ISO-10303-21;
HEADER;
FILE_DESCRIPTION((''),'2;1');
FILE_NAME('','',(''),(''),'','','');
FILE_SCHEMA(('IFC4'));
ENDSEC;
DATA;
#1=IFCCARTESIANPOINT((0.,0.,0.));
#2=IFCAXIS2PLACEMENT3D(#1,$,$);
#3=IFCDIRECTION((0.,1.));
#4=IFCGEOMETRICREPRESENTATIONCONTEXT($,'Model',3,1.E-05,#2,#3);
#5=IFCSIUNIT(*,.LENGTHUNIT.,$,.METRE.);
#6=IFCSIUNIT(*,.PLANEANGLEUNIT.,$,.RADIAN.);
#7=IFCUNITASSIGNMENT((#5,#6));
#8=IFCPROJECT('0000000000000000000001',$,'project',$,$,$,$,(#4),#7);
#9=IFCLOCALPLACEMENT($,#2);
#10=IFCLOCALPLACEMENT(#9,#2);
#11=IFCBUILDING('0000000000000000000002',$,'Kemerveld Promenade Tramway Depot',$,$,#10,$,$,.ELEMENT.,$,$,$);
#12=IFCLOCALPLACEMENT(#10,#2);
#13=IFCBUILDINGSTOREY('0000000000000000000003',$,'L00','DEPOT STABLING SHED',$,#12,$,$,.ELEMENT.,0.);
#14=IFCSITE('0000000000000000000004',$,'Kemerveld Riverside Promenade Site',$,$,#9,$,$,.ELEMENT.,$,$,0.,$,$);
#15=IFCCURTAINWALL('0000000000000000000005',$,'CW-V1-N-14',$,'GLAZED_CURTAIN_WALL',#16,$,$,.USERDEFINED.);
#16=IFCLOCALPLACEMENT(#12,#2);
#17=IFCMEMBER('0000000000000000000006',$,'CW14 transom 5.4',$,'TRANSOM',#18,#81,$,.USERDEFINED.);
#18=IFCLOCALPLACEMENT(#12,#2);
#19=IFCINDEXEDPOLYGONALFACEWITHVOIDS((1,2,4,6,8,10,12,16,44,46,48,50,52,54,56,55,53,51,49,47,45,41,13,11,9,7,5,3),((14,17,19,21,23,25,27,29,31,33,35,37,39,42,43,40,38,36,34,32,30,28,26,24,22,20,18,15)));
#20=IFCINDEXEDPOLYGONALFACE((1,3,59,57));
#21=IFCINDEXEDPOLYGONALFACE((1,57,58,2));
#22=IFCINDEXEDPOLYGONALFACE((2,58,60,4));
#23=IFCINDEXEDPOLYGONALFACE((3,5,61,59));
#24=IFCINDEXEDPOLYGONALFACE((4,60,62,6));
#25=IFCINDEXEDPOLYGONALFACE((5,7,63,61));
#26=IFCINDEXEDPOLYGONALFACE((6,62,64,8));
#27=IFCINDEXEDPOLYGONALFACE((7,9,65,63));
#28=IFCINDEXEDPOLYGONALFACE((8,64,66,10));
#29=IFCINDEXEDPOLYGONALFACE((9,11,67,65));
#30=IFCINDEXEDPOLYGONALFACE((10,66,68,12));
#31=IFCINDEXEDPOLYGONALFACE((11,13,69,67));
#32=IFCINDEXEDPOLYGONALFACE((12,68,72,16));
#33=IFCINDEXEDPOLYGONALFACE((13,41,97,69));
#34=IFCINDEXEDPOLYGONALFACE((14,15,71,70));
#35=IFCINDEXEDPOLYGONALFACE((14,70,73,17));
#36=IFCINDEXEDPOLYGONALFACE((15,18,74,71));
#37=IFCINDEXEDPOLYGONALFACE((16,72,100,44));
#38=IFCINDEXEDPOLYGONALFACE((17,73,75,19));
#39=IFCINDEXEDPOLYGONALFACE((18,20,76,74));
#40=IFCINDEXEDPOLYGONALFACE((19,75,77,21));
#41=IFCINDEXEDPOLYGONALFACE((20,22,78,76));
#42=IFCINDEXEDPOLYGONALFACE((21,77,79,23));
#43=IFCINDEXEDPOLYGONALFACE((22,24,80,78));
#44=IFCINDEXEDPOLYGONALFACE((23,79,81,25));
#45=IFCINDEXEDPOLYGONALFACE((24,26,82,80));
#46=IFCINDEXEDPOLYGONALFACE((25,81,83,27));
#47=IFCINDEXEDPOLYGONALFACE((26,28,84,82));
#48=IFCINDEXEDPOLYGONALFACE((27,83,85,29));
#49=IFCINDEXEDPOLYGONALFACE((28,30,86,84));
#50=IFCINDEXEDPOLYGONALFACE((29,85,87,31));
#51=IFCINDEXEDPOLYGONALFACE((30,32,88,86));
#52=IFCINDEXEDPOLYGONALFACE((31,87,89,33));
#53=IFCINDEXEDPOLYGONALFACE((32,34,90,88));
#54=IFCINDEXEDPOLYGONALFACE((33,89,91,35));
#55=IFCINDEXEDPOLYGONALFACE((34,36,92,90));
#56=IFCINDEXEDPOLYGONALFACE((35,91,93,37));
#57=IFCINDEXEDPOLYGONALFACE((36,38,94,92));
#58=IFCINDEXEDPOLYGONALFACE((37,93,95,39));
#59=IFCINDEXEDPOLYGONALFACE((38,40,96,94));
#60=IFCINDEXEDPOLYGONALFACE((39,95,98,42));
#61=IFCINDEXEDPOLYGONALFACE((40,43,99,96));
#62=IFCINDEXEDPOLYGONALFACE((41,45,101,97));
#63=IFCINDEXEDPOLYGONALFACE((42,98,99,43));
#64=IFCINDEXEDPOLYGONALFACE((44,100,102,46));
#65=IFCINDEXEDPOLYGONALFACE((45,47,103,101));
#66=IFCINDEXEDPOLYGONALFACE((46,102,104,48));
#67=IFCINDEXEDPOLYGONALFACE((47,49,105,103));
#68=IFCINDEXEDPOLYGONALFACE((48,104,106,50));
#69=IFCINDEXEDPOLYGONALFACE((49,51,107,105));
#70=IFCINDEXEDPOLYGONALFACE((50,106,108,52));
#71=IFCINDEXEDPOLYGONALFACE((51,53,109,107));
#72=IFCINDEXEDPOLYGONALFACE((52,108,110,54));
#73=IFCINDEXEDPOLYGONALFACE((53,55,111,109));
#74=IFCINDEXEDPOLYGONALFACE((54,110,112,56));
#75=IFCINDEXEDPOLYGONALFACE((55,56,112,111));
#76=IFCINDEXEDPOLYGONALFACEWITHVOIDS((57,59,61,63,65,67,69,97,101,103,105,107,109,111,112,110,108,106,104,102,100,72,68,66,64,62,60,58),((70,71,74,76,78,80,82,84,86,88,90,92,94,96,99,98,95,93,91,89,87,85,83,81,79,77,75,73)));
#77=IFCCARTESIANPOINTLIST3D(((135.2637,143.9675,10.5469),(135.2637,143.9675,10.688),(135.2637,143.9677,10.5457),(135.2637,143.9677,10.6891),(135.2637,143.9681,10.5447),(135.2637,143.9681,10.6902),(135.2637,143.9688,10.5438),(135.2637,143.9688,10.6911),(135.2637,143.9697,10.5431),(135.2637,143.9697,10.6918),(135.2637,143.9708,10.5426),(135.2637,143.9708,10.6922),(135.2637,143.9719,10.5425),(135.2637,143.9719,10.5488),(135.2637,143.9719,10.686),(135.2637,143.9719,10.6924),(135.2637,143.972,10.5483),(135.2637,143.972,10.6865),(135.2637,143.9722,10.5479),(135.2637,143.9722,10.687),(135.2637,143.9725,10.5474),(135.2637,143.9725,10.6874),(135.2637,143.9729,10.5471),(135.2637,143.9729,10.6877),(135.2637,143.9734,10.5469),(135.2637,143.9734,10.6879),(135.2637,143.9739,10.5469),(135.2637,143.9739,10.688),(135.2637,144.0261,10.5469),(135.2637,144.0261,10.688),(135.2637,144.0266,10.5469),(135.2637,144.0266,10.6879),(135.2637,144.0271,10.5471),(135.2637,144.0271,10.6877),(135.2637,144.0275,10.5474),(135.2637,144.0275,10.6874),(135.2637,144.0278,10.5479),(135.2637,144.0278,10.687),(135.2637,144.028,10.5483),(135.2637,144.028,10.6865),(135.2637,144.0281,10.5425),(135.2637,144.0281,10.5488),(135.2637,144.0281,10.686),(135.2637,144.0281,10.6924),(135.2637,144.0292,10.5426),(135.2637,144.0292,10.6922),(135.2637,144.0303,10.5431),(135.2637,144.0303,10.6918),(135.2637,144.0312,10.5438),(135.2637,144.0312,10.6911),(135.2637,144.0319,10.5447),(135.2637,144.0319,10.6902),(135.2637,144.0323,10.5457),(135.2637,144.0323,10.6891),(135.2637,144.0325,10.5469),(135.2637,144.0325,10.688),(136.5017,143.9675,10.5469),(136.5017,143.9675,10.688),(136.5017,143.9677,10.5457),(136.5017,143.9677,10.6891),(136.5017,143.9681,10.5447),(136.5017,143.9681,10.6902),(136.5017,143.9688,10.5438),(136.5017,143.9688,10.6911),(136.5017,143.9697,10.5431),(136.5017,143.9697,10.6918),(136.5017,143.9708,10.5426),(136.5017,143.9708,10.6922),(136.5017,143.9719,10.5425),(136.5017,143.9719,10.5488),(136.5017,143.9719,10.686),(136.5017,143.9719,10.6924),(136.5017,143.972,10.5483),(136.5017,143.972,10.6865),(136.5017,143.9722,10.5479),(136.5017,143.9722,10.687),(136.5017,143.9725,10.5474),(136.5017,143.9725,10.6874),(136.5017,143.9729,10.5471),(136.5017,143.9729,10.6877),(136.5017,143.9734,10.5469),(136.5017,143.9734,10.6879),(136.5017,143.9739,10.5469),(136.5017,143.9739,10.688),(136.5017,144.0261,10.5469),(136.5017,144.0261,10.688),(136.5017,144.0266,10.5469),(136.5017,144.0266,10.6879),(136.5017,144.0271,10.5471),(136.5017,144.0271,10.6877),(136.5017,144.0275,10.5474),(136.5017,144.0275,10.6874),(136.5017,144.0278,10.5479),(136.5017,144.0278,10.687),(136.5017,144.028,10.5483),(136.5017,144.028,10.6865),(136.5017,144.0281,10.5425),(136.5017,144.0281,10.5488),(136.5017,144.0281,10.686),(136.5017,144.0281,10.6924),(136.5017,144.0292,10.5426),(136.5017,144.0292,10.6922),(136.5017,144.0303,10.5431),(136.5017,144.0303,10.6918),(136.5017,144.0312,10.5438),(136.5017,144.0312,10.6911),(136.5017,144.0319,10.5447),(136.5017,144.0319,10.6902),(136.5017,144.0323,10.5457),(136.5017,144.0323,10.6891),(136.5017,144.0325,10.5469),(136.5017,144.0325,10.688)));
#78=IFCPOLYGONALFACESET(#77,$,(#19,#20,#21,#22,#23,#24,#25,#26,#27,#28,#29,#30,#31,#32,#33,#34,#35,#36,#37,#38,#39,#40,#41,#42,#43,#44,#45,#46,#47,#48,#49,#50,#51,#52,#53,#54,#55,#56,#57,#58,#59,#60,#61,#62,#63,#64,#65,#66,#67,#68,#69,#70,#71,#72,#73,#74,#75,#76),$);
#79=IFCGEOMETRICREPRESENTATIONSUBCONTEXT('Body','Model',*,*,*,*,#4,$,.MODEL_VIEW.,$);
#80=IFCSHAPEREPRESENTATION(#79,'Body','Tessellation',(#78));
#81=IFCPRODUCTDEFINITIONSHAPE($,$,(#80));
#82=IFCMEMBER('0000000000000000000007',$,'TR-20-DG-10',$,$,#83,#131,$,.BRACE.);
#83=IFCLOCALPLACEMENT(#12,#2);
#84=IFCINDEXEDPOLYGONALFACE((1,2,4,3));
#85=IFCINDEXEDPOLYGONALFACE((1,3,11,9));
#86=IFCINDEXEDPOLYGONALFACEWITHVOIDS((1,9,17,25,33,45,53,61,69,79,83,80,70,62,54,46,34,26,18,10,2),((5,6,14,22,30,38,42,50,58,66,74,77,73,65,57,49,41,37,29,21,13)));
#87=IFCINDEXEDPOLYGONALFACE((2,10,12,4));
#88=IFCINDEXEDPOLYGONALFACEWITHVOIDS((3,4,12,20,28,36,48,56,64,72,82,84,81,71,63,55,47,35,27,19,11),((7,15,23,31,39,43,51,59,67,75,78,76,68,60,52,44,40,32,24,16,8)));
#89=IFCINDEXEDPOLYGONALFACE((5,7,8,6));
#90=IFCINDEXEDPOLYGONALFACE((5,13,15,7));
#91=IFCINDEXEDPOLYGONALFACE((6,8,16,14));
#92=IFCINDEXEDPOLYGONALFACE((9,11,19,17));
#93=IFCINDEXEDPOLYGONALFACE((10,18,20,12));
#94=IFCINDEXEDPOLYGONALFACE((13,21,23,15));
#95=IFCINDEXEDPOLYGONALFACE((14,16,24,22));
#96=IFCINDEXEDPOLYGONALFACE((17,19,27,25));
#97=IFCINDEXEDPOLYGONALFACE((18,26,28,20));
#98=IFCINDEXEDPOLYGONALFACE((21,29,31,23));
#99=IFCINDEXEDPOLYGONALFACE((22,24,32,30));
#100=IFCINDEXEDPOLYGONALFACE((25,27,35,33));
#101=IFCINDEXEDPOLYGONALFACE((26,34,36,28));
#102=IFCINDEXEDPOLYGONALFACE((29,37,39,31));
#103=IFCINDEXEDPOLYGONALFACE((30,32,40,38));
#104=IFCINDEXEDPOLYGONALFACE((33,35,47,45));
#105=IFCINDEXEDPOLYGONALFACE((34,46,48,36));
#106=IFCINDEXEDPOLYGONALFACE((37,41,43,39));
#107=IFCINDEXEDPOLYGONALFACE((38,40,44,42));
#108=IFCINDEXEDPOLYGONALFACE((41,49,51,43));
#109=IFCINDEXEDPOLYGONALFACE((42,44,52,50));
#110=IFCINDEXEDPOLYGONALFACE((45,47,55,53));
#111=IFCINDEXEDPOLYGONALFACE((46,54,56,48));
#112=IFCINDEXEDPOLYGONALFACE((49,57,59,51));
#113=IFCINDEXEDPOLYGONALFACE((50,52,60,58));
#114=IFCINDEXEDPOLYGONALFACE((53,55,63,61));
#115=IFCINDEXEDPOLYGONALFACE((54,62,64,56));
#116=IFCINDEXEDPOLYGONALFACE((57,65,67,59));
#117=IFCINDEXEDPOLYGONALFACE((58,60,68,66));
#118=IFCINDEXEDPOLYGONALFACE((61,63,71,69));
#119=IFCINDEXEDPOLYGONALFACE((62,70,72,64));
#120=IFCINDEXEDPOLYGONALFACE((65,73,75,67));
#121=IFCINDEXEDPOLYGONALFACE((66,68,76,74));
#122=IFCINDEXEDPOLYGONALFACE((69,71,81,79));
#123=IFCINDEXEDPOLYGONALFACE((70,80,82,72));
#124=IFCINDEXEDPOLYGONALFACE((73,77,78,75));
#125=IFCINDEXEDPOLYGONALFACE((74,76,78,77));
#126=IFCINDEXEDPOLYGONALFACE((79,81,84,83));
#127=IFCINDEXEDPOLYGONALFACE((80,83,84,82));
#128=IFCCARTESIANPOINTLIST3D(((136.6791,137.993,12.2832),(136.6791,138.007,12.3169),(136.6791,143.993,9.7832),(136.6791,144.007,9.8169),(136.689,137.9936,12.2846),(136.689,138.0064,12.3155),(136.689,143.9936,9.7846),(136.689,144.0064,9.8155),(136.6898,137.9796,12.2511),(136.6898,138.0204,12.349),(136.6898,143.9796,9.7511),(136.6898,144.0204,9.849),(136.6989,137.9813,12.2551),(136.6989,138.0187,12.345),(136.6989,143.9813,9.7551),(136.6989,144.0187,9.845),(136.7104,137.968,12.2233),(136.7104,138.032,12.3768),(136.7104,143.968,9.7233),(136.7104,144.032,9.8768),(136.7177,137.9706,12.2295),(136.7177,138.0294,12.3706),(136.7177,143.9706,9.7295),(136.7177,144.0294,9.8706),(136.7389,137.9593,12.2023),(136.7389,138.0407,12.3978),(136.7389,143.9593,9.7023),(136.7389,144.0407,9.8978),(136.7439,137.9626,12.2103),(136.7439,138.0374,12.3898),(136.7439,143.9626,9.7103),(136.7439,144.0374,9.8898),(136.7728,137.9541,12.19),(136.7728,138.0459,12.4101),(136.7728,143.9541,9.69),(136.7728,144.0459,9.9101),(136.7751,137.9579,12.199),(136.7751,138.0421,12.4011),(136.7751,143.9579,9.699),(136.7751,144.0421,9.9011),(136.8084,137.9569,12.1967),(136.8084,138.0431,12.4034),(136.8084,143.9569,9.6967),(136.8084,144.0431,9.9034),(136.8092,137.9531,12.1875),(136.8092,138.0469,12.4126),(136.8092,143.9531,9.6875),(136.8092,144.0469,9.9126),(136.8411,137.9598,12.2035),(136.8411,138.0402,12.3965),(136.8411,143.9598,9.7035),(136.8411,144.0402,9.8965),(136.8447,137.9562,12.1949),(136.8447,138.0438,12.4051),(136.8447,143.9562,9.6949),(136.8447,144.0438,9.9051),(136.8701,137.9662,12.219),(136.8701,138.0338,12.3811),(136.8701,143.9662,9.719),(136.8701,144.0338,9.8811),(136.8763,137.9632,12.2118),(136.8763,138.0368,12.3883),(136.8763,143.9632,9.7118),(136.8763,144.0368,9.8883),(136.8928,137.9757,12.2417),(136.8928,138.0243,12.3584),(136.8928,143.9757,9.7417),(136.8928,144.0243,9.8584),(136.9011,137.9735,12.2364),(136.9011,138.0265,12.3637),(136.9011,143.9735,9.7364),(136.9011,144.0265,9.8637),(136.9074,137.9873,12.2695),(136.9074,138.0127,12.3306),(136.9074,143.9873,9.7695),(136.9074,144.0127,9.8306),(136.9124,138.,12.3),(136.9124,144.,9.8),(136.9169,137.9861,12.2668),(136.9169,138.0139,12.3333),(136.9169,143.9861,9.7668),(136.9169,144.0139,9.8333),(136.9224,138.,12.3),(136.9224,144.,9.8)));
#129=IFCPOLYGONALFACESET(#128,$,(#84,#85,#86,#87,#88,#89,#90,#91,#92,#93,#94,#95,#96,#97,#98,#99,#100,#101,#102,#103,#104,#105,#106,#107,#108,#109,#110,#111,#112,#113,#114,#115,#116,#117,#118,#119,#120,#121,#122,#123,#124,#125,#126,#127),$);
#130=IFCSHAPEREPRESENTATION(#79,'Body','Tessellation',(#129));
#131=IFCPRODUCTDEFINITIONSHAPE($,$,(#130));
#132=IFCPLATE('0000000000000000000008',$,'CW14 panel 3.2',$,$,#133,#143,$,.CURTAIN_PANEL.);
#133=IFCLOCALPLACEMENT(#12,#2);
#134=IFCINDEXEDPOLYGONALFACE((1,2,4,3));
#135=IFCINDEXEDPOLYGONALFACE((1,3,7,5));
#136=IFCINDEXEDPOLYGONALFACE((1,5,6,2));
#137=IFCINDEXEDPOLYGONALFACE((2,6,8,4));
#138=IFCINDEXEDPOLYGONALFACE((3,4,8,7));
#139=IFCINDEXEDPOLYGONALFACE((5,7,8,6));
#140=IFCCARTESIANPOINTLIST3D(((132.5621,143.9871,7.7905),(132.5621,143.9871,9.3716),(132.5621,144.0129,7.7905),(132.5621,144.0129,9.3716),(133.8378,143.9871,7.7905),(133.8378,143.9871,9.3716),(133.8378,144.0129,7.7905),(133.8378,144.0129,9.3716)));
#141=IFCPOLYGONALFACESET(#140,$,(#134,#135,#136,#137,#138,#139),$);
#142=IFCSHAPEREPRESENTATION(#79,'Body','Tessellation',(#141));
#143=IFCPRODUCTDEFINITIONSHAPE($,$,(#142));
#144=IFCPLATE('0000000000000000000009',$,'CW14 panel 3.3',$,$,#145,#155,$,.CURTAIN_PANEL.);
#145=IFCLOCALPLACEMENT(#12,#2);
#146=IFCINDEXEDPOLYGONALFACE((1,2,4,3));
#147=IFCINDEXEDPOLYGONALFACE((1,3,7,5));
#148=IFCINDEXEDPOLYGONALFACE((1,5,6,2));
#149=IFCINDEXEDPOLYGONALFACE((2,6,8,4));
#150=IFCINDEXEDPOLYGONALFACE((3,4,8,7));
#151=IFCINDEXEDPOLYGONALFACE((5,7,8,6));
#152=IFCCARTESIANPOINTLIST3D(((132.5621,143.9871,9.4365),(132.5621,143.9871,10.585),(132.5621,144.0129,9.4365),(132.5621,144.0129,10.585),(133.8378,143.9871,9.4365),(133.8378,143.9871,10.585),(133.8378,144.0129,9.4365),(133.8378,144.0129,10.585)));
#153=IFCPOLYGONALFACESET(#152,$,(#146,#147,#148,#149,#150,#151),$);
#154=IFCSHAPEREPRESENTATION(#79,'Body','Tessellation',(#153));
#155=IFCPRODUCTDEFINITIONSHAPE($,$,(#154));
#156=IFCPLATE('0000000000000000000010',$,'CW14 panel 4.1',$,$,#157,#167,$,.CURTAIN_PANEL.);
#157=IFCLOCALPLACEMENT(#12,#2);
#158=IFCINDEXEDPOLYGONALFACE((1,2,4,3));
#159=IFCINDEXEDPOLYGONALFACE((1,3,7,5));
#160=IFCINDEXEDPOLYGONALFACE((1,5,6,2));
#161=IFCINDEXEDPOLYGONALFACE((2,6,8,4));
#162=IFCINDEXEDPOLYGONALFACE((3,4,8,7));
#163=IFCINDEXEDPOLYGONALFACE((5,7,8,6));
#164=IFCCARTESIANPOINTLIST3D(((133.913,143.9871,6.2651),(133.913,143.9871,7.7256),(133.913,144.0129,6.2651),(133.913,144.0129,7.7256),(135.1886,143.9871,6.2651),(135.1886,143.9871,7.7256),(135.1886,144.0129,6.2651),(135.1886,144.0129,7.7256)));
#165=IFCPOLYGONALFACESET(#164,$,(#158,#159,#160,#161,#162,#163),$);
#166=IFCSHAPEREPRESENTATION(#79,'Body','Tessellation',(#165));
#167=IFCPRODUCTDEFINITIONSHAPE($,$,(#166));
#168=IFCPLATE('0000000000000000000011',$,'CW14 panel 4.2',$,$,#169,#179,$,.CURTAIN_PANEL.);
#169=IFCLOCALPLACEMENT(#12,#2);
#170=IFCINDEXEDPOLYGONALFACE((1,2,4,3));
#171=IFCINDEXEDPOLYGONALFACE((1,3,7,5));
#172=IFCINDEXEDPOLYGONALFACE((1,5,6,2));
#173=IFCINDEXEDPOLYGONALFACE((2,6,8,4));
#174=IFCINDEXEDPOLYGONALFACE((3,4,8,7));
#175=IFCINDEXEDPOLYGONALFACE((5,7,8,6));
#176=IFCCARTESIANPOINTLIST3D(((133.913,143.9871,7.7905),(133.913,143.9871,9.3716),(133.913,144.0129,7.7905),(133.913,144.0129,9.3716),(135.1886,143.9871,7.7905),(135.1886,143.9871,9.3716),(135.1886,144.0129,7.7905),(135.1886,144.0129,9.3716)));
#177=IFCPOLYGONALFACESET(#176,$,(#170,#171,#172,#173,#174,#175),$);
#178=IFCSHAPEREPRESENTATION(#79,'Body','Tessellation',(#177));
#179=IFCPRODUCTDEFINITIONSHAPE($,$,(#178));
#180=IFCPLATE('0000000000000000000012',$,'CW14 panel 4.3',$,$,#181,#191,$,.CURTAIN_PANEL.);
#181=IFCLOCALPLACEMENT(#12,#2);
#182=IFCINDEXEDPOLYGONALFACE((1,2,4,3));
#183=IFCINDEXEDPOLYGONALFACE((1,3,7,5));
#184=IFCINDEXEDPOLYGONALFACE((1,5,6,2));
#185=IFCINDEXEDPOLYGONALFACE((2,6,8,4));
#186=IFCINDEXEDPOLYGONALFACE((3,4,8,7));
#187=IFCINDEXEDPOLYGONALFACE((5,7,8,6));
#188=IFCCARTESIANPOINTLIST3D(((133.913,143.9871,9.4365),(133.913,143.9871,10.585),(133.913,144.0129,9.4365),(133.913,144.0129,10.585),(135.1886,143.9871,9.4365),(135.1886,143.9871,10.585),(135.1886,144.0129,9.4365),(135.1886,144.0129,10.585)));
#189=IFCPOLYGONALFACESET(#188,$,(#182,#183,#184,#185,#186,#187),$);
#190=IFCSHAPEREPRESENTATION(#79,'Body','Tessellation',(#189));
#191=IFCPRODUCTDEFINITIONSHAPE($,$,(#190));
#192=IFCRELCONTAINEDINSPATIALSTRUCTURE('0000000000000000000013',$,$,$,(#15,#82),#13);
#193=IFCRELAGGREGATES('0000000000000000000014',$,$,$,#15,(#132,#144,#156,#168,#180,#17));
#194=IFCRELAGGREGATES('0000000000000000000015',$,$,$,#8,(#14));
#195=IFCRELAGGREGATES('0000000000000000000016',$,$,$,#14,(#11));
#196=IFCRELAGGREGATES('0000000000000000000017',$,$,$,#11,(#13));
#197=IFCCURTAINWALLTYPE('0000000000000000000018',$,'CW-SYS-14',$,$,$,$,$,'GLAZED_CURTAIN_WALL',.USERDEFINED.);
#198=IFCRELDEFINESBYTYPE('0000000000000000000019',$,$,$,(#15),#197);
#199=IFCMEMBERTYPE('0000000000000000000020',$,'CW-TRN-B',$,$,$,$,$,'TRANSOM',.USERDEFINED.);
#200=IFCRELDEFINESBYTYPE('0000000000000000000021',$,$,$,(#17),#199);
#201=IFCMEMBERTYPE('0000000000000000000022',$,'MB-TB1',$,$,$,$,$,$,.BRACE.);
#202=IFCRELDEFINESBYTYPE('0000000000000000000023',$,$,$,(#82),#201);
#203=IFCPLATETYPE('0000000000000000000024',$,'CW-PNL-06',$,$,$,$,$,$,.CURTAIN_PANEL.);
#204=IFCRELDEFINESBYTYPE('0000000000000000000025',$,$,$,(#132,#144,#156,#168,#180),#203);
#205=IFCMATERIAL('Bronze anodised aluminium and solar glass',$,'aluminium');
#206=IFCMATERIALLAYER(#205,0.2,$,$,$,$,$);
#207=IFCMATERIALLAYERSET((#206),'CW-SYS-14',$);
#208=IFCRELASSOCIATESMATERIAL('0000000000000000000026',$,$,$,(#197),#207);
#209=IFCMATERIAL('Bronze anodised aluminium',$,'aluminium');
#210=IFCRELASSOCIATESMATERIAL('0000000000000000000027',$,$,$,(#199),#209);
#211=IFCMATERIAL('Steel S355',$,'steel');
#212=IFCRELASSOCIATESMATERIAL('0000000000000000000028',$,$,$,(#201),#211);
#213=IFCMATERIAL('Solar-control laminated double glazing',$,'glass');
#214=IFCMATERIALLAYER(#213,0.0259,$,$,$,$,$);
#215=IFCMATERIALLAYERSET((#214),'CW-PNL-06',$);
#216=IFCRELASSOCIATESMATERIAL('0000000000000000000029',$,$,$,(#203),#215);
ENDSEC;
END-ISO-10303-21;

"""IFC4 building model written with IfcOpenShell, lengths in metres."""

from ifc_helpers import new_model, si_unit, direction, frame, origin, origin_2d, place, context, subcontext, project, spatial, rectangle, hollow_rectangle, hollow_circle, extrude, material, layer, layer_set, material_profile, profile_set, type_object, element, aggregate, save


model = new_model("IFC4")

# Units and contexts
model_context = context("Model", 3, precision=1e-05, world=origin(), true_north=direction((0.0, 1.0)))
body_context = subcontext(model_context, "Body", "Model", "MODEL_VIEW")
ifc_project = project(units=[si_unit("LENGTHUNIT", "METRE"), si_unit("PLANEANGLEUNIT", "RADIAN")], contexts=[model_context])

# Site, building, storey
site_placement = place(None, origin())
site = spatial("IfcSite", under=ifc_project, at=site_placement, Name="Kemerveld Riverside Promenade Site", CompositionType="ELEMENT", RefElevation=0.0)
building_placement = place(site_placement, origin())
building = spatial("IfcBuilding", under=site, at=building_placement, Name="Kemerveld Promenade Tramway Depot", CompositionType="ELEMENT")
storey_placement = place(building_placement, origin())
storey = spatial("IfcBuildingStorey", under=building, at=storey_placement, Name="L00", Description="DEPOT STABLING SHED", CompositionType="ELEMENT", Elevation=0.0)

# Shared definitions
ifc_material_1 = material(Name="Steel S355", Category="steel")

# Shared definitions
ifc_material_2 = material(Name="Bronze anodised aluminium and solar glass", Category="aluminium")
ifc_material_3 = material(Name="Bronze anodised aluminium", Category="aluminium")

# Curtain wall
ifc_layer_1 = layer(ifc_material_2, 0.2)
ifc_layer_set_1 = layer_set([ifc_layer_1], Name="CW-SYS-14")
curtain_wall_type_1 = type_object("IfcCurtainWallType", Name="CW-SYS-14", ElementType="GLAZED_CURTAIN_WALL", PredefinedType="USERDEFINED", material=ifc_layer_set_1)
curtain_wall_1_placement = place(storey_placement, origin())
curtain_wall_1 = element("IfcCurtainWall", 1, at=curtain_wall_1_placement, inside=storey, type_object=curtain_wall_type_1, Name="CW-V1-N-14", ObjectType="GLAZED_CURTAIN_WALL", PredefinedType="USERDEFINED")

# Members
ifc_material_profile_1 = material_profile(ifc_material_3, hollow_rectangle(XDim=0.0649, YDim=0.1499, WallThickness=0.0044, InnerFilletRadius=0.002, OuterFilletRadius=0.0044, at=origin_2d()), Name="CW-TRN-150x65")
ifc_profile_set_1 = profile_set([ifc_material_profile_1], Name="Bronze anodised aluminium")
member_type_1 = type_object("IfcMemberType", Name="CW-TRN-B", ElementType="TRANSOM", PredefinedType="USERDEFINED", material=ifc_profile_set_1)
member_1_placement = place(storey_placement, frame((135.2637, 144.0, 10.6174), z_axis=(1.0, 0.0, 0.0), x_axis=(0.0, 1.0, 0.0)))
member_1 = element("IfcMember", 2, at=member_1_placement, type_object=member_type_1, Name="CW14 transom 5.4", ObjectType="TRANSOM", PredefinedType="USERDEFINED", context=body_context, shape_type="SweptSolid", body=[
    extrude(hollow_rectangle(XDim=0.0649, YDim=0.1499, WallThickness=0.0044, InnerFilletRadius=0.002, OuterFilletRadius=0.0044, at=origin_2d()), origin(), (0.0, 0.0, 1.0), 1.238),
])
ifc_material_profile_2 = material_profile(ifc_material_1, hollow_circle(Radius=0.1223, WallThickness=0.01, at=origin_2d()), Name="244.5x10.0 CHS")
ifc_profile_set_2 = profile_set([ifc_material_profile_2], Name="Steel S355")
member_type_2 = type_object("IfcMemberType", Name="MB-TB1", PredefinedType="BRACE", material=ifc_profile_set_2)
member_2_placement = place(storey_placement, frame((136.8, 144.0, 9.8), z_axis=(0.0, -0.923077, 0.384615), x_axis=(1.0, 0.0, 0.0)))
element("IfcMember", 3, at=member_2_placement, inside=storey, type_object=member_type_2, Name="TR-20-DG-10", PredefinedType="BRACE", context=body_context, shape_type="SweptSolid", body=[
    extrude(hollow_circle(Radius=0.1223, WallThickness=0.01, at=origin_2d()), origin(), (0.0, 0.0, 1.0), 6.5),
])

# Plates
ifc_material_4 = material(Name="Solar-control laminated double glazing", Category="glass")
ifc_layer_2 = layer(ifc_material_4, 0.0259)
ifc_layer_set_2 = layer_set([ifc_layer_2], Name="CW-PNL-06")
plate_type_1 = type_object("IfcPlateType", Name="CW-PNL-06", PredefinedType="CURTAIN_PANEL", material=ifc_layer_set_2)
plate_1_placement = place(storey_placement, frame((133.2, 144.0, 7.7905), z_axis=(0.0, 0.0, 1.0), x_axis=(1.0, 0.0, 0.0)))
plate_1 = element("IfcPlate", 4, at=plate_1_placement, type_object=plate_type_1, Name="CW14 panel 3.2", PredefinedType="CURTAIN_PANEL", context=body_context, shape_type="SweptSolid", body=[
    extrude(rectangle(XDim=1.2756, YDim=0.0259, at=origin_2d()), origin(), (0.0, 0.0, 1.0), 1.5811),
])
plate_2_placement = place(storey_placement, frame((133.2, 144.0, 9.4365), z_axis=(0.0, 0.0, 1.0), x_axis=(1.0, 0.0, 0.0)))
plate_2 = element("IfcPlate", 5, at=plate_2_placement, type_object=plate_type_1, Name="CW14 panel 3.3", PredefinedType="CURTAIN_PANEL", context=body_context, shape_type="SweptSolid", body=[
    extrude(rectangle(XDim=1.2756, YDim=0.0259, at=origin_2d()), origin(), (0.0, 0.0, 1.0), 1.1484),
])
plate_3_placement = place(storey_placement, frame((134.5508, 144.0, 6.2651), z_axis=(0.0, 0.0, 1.0), x_axis=(1.0, 0.0, 0.0)))
plate_3 = element("IfcPlate", 6, at=plate_3_placement, type_object=plate_type_1, Name="CW14 panel 4.1", PredefinedType="CURTAIN_PANEL", context=body_context, shape_type="SweptSolid", body=[
    extrude(rectangle(XDim=1.2756, YDim=0.0259, at=origin_2d()), origin(), (0.0, 0.0, 1.0), 1.4604),
])
plate_4_placement = place(storey_placement, frame((134.5508, 144.0, 7.7905), z_axis=(0.0, 0.0, 1.0), x_axis=(1.0, 0.0, 0.0)))
plate_4 = element("IfcPlate", 7, at=plate_4_placement, type_object=plate_type_1, Name="CW14 panel 4.2", PredefinedType="CURTAIN_PANEL", context=body_context, shape_type="SweptSolid", body=[
    extrude(rectangle(XDim=1.2756, YDim=0.0259, at=origin_2d()), origin(), (0.0, 0.0, 1.0), 1.5811),
])
plate_5_placement = place(storey_placement, frame((134.5508, 144.0, 9.4365), z_axis=(0.0, 0.0, 1.0), x_axis=(1.0, 0.0, 0.0)))
plate_5 = element("IfcPlate", 8, at=plate_5_placement, type_object=plate_type_1, Name="CW14 panel 4.3", PredefinedType="CURTAIN_PANEL", context=body_context, shape_type="SweptSolid", body=[
    extrude(rectangle(XDim=1.2756, YDim=0.0259, at=origin_2d()), origin(), (0.0, 0.0, 1.0), 1.1484),
])
aggregate(curtain_wall_1, [plate_1, plate_2, plate_3, plate_4, plate_5, member_1])

save(model, "model.ifc")
